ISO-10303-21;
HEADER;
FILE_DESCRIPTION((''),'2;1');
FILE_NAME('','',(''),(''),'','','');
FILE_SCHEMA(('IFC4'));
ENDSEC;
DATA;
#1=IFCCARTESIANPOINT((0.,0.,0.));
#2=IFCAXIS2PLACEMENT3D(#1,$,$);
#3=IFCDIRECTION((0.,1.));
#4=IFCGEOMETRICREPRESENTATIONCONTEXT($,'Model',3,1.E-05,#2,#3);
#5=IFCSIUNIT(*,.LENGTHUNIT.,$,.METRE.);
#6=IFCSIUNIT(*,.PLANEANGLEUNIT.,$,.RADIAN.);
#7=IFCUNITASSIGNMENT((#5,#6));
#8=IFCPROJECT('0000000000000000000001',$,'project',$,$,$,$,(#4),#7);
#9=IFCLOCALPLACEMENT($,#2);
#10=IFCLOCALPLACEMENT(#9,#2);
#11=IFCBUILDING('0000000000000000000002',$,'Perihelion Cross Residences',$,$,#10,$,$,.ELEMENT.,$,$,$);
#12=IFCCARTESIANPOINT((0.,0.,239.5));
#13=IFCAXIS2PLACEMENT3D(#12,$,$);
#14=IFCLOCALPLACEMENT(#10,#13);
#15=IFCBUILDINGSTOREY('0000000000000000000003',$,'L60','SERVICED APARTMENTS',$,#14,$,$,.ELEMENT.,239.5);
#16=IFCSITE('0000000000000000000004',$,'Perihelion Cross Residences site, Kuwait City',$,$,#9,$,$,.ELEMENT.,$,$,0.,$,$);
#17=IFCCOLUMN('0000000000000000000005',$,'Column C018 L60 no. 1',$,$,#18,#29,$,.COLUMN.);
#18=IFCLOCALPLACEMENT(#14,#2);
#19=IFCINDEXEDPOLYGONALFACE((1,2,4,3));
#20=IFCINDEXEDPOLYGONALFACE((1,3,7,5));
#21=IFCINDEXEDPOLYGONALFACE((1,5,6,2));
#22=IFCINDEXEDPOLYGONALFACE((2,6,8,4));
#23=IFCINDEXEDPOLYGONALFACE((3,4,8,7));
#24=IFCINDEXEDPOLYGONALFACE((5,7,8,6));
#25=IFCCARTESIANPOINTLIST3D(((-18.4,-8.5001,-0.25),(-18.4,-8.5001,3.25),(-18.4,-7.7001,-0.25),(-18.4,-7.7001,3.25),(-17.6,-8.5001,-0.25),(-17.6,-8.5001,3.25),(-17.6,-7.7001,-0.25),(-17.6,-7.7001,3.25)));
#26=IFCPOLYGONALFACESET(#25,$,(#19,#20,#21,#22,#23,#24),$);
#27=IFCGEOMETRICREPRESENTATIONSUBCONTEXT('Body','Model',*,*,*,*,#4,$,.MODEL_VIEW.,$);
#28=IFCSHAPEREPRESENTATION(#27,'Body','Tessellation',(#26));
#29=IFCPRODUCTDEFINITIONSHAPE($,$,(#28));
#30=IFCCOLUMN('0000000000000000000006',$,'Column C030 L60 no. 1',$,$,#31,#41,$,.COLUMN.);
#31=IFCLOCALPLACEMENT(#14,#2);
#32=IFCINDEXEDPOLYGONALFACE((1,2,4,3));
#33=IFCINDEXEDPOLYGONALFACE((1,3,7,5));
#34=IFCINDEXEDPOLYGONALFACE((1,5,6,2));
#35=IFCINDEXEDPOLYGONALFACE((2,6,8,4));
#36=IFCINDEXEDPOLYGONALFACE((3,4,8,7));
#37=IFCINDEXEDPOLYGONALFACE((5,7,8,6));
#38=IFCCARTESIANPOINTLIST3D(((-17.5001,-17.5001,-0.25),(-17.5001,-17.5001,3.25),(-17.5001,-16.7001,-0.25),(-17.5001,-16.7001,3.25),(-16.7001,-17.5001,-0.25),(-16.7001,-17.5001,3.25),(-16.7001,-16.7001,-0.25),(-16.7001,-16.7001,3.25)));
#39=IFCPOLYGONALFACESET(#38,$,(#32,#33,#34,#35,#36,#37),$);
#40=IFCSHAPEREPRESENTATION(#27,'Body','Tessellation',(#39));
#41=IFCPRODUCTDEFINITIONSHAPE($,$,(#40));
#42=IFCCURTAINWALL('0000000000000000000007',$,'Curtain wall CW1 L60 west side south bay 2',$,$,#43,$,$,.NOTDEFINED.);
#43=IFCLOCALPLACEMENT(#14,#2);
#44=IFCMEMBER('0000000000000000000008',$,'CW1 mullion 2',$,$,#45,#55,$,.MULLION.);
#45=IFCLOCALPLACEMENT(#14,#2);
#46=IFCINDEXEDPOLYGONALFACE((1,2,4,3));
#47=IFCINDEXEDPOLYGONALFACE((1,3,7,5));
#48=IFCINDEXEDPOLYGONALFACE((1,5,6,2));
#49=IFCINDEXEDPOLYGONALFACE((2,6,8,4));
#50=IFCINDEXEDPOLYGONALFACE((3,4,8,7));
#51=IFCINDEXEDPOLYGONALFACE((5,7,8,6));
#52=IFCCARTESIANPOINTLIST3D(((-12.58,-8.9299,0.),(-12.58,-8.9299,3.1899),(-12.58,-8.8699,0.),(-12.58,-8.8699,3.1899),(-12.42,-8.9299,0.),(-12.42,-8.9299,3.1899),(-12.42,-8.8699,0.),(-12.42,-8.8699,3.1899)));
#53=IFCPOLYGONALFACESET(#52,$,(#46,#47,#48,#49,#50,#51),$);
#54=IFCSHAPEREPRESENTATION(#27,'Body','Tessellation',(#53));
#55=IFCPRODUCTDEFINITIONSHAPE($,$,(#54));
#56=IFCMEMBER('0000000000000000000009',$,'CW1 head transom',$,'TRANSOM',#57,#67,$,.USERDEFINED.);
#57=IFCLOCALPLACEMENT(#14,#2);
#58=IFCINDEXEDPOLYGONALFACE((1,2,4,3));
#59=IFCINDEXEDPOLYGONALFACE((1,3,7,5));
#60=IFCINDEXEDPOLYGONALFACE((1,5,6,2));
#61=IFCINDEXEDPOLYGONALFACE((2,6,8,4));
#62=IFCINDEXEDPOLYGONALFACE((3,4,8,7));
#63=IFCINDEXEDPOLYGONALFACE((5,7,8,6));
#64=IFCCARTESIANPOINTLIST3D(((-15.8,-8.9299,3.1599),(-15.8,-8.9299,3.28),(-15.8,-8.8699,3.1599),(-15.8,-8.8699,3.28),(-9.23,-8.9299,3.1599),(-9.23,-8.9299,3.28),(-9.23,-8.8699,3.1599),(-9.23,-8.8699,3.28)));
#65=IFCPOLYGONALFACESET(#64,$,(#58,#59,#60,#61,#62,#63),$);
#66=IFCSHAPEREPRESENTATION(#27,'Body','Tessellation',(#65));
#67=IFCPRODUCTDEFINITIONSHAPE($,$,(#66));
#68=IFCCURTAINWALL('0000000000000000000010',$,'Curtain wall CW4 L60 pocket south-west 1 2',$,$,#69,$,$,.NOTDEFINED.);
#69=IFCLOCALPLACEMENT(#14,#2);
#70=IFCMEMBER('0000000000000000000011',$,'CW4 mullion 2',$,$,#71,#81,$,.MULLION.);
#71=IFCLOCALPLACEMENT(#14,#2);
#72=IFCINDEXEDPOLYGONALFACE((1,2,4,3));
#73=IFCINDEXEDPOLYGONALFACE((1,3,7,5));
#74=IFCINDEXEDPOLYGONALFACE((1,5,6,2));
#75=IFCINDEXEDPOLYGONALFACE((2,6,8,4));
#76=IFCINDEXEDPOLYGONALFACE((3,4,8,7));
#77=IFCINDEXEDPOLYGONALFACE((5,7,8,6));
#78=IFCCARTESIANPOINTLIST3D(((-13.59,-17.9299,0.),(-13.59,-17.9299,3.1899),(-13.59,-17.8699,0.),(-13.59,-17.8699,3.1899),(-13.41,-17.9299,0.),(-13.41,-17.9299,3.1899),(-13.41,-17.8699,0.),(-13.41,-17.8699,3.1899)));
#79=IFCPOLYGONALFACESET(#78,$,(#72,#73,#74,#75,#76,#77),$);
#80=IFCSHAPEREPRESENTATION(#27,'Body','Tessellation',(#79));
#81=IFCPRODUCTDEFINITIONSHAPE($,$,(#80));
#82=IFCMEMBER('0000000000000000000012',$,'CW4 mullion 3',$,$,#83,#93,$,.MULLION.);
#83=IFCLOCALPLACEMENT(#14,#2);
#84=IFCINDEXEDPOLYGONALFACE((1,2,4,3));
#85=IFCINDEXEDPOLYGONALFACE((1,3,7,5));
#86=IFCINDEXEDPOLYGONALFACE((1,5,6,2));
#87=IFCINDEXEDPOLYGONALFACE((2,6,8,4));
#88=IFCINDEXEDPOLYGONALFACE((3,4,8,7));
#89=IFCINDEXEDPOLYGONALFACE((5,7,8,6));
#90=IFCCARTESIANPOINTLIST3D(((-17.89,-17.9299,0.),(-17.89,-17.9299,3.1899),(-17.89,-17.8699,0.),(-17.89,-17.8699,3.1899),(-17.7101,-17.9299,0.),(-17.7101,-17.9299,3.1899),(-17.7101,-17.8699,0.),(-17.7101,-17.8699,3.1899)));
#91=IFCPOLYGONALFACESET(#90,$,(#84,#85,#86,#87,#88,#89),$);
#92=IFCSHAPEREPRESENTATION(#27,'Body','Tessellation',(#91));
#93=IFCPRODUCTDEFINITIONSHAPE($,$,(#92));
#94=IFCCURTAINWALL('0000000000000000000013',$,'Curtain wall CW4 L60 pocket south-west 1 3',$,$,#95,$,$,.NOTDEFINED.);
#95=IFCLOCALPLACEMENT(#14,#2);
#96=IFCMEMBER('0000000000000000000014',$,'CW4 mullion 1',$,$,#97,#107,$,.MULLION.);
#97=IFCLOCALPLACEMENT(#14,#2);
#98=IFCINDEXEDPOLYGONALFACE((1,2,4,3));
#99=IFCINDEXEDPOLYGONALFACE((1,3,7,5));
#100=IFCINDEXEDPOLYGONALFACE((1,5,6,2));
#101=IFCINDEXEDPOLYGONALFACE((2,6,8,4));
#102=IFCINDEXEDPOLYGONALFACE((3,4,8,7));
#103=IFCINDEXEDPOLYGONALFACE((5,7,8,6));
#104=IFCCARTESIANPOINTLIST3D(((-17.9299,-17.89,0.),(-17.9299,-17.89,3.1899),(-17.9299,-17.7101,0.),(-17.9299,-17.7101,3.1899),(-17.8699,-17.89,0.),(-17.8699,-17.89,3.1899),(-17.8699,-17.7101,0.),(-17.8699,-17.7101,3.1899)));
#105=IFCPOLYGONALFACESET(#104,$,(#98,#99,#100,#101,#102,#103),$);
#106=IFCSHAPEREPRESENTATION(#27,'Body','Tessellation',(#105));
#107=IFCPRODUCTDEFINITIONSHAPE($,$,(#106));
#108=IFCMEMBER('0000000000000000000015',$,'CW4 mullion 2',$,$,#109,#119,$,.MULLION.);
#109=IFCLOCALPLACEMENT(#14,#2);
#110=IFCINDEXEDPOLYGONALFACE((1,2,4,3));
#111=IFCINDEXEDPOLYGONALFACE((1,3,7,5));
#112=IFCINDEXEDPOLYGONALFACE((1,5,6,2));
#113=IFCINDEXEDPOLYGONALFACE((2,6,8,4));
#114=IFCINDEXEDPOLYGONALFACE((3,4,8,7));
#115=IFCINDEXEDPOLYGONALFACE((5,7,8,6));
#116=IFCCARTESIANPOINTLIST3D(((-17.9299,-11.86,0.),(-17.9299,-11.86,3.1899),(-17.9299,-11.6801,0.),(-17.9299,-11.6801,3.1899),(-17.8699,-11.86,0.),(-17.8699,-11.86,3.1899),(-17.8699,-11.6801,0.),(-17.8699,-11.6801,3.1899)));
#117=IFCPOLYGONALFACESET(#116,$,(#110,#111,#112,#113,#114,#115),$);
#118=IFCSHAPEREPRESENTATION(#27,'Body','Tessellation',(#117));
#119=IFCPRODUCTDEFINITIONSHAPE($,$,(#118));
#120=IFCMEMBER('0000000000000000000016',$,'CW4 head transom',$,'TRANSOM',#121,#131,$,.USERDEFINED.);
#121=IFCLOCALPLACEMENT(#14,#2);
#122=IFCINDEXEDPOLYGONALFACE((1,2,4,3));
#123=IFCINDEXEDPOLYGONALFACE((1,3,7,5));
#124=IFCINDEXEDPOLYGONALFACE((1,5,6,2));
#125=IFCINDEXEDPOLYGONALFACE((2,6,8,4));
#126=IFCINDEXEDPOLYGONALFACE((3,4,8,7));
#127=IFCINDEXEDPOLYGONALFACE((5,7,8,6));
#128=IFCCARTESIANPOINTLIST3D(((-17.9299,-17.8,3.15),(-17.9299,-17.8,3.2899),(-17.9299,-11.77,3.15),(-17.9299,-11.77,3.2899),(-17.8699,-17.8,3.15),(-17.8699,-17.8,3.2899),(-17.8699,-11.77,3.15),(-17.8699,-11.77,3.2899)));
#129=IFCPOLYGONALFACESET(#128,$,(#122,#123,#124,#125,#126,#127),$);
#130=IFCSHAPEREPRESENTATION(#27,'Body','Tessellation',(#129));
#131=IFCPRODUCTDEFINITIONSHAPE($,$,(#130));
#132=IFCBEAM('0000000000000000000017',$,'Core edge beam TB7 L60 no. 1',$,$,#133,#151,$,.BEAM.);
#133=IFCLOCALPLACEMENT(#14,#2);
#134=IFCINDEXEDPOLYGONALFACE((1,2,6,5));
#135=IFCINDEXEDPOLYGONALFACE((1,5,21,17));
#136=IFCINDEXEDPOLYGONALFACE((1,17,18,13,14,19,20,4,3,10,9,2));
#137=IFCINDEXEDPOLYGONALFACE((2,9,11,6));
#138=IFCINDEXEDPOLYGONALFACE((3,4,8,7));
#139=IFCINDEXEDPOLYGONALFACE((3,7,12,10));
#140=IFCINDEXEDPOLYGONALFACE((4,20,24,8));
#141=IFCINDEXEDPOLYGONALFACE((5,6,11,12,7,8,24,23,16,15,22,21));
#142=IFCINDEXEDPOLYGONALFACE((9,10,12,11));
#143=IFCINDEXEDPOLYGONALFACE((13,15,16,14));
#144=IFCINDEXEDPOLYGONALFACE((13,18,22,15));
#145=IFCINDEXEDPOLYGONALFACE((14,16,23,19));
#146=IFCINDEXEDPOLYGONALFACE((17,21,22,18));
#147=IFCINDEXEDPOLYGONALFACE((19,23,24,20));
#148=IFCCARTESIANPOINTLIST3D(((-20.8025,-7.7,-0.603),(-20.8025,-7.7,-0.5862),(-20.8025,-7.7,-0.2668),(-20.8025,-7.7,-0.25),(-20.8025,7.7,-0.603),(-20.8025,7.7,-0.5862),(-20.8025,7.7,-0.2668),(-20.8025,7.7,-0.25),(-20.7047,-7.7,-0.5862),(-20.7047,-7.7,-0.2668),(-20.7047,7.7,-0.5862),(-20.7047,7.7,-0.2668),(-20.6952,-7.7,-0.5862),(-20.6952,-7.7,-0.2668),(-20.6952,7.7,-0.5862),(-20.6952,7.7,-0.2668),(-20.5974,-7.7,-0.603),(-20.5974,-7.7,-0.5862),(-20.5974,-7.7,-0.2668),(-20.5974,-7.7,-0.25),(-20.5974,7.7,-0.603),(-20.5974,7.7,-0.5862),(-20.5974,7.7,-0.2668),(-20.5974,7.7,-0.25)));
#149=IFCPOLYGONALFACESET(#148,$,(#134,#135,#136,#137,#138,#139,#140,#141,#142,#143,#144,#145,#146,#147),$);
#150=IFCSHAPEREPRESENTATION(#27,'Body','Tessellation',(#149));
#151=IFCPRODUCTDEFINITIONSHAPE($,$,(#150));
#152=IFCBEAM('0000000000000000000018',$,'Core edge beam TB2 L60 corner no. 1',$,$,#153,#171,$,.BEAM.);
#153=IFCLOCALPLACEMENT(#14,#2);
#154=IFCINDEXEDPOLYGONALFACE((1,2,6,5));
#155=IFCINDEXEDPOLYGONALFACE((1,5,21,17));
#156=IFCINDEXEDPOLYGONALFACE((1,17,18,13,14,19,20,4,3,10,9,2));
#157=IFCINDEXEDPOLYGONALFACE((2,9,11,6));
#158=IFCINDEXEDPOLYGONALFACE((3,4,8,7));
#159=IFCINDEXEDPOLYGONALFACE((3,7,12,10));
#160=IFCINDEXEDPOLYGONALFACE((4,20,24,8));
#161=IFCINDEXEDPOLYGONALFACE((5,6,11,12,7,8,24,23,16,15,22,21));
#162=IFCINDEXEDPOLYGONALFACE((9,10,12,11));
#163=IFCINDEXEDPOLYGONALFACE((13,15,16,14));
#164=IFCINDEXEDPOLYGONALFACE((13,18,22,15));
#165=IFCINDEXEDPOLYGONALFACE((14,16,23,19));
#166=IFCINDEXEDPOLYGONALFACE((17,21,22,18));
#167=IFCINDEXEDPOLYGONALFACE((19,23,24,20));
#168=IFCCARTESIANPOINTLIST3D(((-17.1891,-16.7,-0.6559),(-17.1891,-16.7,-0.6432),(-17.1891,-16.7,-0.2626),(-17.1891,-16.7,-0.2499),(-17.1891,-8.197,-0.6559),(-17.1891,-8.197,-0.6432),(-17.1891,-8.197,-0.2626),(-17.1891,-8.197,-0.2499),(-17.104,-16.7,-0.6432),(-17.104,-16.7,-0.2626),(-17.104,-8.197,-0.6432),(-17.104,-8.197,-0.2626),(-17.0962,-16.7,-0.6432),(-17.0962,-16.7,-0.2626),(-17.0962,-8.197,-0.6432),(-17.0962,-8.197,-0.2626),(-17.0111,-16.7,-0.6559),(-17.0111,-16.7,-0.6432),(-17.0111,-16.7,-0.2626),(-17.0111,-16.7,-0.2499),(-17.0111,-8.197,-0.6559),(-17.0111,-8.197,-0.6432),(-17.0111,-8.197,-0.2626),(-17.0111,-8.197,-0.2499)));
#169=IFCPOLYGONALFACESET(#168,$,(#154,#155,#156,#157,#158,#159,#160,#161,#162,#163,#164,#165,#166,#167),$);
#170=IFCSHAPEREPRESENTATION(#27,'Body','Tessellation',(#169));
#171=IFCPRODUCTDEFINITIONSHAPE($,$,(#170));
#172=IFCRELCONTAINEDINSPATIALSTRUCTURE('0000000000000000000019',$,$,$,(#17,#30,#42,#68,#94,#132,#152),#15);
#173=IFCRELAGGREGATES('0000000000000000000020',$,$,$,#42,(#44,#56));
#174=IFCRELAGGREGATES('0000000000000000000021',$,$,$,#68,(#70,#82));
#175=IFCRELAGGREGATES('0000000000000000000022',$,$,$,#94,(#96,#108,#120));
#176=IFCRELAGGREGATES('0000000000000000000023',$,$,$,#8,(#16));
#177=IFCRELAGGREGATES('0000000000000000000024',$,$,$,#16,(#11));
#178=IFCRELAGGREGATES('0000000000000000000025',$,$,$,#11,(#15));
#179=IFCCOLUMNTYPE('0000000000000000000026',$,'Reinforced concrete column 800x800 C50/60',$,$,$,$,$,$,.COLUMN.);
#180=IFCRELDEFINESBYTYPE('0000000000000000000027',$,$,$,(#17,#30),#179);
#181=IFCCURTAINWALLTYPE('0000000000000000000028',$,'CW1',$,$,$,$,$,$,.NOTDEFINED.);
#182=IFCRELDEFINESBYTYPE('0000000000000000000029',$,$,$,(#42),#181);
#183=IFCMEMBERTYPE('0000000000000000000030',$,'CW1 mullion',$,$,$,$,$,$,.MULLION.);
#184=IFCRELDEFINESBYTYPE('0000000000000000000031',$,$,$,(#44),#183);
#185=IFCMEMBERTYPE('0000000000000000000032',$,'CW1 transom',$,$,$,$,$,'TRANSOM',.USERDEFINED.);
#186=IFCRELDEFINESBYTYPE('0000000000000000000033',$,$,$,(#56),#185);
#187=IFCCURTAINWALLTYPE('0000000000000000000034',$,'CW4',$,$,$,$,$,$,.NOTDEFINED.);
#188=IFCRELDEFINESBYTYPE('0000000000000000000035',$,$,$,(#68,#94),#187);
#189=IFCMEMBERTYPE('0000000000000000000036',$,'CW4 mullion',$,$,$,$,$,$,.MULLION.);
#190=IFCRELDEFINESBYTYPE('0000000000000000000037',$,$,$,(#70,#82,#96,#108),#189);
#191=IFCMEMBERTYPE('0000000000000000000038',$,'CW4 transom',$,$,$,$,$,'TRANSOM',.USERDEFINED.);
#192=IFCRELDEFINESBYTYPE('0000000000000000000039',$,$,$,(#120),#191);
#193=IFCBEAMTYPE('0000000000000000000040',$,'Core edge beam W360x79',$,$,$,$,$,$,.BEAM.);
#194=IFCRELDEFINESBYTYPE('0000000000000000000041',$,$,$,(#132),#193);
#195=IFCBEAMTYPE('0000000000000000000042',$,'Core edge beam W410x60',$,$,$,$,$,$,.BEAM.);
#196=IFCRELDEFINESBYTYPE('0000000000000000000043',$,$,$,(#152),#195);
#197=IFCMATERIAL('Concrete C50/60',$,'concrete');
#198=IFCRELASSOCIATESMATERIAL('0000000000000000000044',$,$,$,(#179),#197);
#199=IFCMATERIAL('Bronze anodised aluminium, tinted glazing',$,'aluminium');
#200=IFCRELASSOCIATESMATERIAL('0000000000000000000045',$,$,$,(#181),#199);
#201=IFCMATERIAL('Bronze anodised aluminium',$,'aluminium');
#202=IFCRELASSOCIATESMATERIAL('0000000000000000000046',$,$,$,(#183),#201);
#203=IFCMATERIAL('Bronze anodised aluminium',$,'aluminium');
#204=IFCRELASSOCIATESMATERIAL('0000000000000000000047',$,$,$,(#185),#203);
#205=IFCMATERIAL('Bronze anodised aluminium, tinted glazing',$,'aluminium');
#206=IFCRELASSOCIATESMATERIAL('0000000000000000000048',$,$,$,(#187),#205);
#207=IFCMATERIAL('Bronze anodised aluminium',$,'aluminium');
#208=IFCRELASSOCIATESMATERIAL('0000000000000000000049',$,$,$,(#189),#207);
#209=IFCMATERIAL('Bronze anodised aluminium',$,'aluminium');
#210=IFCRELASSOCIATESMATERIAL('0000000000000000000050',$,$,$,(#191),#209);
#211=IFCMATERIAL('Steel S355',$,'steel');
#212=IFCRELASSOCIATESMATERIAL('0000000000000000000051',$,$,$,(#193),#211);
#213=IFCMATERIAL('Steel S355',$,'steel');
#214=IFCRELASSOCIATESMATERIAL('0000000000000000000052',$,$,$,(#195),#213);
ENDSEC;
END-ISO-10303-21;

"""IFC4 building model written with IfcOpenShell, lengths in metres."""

from ifc_helpers import new_model, si_unit, direction, frame, origin, origin_2d, place, context, subcontext, project, spatial, rectangle, i_section, extrude, material, material_profile, profile_set, type_object, element, aggregate, save


model = new_model("IFC4")

# Units and contexts
model_context = context("Model", 3, precision=1e-05, world=origin(), true_north=direction((0.0, 1.0)))
body_context = subcontext(model_context, "Body", "Model", "MODEL_VIEW")
ifc_project = project(units=[si_unit("LENGTHUNIT", "METRE"), si_unit("PLANEANGLEUNIT", "RADIAN")], contexts=[model_context])

# Site, building, storey
site_placement = place(None, origin())
site = spatial("IfcSite", under=ifc_project, at=site_placement, Name="Perihelion Cross Residences site, Kuwait City", CompositionType="ELEMENT", RefElevation=0.0)
building_placement = place(site_placement, origin())
building = spatial("IfcBuilding", under=site, at=building_placement, Name="Perihelion Cross Residences", CompositionType="ELEMENT")
storey_placement = place(building_placement, frame((0.0, 0.0, 239.5)))
storey = spatial("IfcBuildingStorey", under=building, at=storey_placement, Name="L60", Description="SERVICED APARTMENTS", CompositionType="ELEMENT", Elevation=239.5)

# Columns
ifc_material_1 = material(Name="Concrete C50/60", Category="concrete")
ifc_material_profile_1 = material_profile(ifc_material_1, rectangle(XDim=0.8, YDim=0.8, at=origin_2d()), Name="RC 800x800")
ifc_profile_set_1 = profile_set([ifc_material_profile_1], Name="Concrete C50/60")
column_type = type_object("IfcColumnType", Name="Reinforced concrete column 800x800 C50/60", PredefinedType="COLUMN", material=ifc_profile_set_1)
for number, where, z_axis, x_axis, name in (
    (1, (-18.0, -8.1001, -0.25), (0.0, 0.0, 1.0), (1.0, 0.0, 0.0), "Column C018 L60 no. 1"),
    (2, (-17.1001, -17.1001, -0.25), (0.0, 0.0, 1.0), (1.0, 0.0, 0.0), "Column C030 L60 no. 1"),
):
    element("IfcColumn", number, at=place(storey_placement, frame(where, z_axis=z_axis, x_axis=x_axis)), inside=storey, type_object=column_type, Name=name, PredefinedType="COLUMN", context=body_context, shape_type="SweptSolid", body=[
        extrude(rectangle(XDim=0.8, YDim=0.8, at=origin_2d()), origin(), (0.0, 0.0, 1.0), 3.5),
    ])

# Curtain walls, members
ifc_material_2 = material(Name="Bronze anodised aluminium, tinted glazing", Category="aluminium")
curtain_wall_type_1 = type_object("IfcCurtainWallType", Name="CW1", PredefinedType="NOTDEFINED", material=ifc_material_2)
curtain_wall_1_placement = place(storey_placement, origin())
curtain_wall_1 = element("IfcCurtainWall", 3, at=curtain_wall_1_placement, inside=storey, type_object=curtain_wall_type_1, Name="Curtain wall CW1 L60 west side south bay 2", PredefinedType="NOTDEFINED")
ifc_material_3 = material(Name="Bronze anodised aluminium", Category="aluminium")
ifc_material_profile_2 = material_profile(ifc_material_3, rectangle(XDim=0.0601, YDim=0.1599, at=origin_2d()), Name="CW1 mullion")
ifc_profile_set_2 = profile_set([ifc_material_profile_2], Name="Bronze anodised aluminium")
member_type_1 = type_object("IfcMemberType", Name="CW1 mullion", PredefinedType="MULLION", material=ifc_profile_set_2)
member_1_placement = place(storey_placement, frame((-12.5, -8.8999, 0.0), z_axis=(0.0, 0.0, 1.0), x_axis=(0.0, 1.0, 0.0)))
member_1 = element("IfcMember", 4, at=member_1_placement, type_object=member_type_1, Name="CW1 mullion 2", PredefinedType="MULLION", context=body_context, shape_type="SweptSolid", body=[
    extrude(rectangle(XDim=0.0601, YDim=0.1599, at=origin_2d()), origin(), (0.0, 0.0, 1.0), 3.1899),
])
ifc_material_4 = material(Name="Bronze anodised aluminium", Category="aluminium")
ifc_material_profile_3 = material_profile(ifc_material_4, rectangle(XDim=0.0601, YDim=0.1201, at=origin_2d()), Name="CW1 transom")
ifc_profile_set_3 = profile_set([ifc_material_profile_3], Name="Bronze anodised aluminium")
member_type_2 = type_object("IfcMemberType", Name="CW1 transom", ElementType="TRANSOM", PredefinedType="USERDEFINED", material=ifc_profile_set_3)
member_2_placement = place(storey_placement, frame((-15.8, -8.8999, 3.22), z_axis=(1.0, 0.0, 0.0), x_axis=(0.0, 1.0, 0.0)))
member_2 = element("IfcMember", 5, at=member_2_placement, type_object=member_type_2, Name="CW1 head transom", ObjectType="TRANSOM", PredefinedType="USERDEFINED", context=body_context, shape_type="SweptSolid", body=[
    extrude(rectangle(XDim=0.0601, YDim=0.1201, at=origin_2d()), origin(), (0.0, 0.0, 1.0), 6.5701),
])
ifc_material_5 = material(Name="Bronze anodised aluminium, tinted glazing", Category="aluminium")
curtain_wall_type_2 = type_object("IfcCurtainWallType", Name="CW4", PredefinedType="NOTDEFINED", material=ifc_material_5)
curtain_wall_2_placement = place(storey_placement, origin())
curtain_wall_2 = element("IfcCurtainWall", 6, at=curtain_wall_2_placement, inside=storey, type_object=curtain_wall_type_2, Name="Curtain wall CW4 L60 pocket south-west 1 2", PredefinedType="NOTDEFINED")
ifc_material_6 = material(Name="Bronze anodised aluminium", Category="aluminium")
ifc_material_profile_4 = material_profile(ifc_material_6, rectangle(XDim=0.0601, YDim=0.1799, at=origin_2d()), Name="CW4 mullion")
ifc_profile_set_4 = profile_set([ifc_material_profile_4], Name="Bronze anodised aluminium")
member_type_3 = type_object("IfcMemberType", Name="CW4 mullion", PredefinedType="MULLION", material=ifc_profile_set_4)
member_3_placement = place(storey_placement, frame((-13.5, -17.8999, 0.0), z_axis=(0.0, 0.0, 1.0), x_axis=(0.0, -1.0, 0.0)))
member_3 = element("IfcMember", 7, at=member_3_placement, type_object=member_type_3, Name="CW4 mullion 2", PredefinedType="MULLION", context=body_context, shape_type="SweptSolid", body=[
    extrude(rectangle(XDim=0.0601, YDim=0.1799, at=origin_2d()), origin(), (0.0, 0.0, 1.0), 3.1899),
])
member_4_placement = place(storey_placement, frame((-17.8, -17.8999, 0.0), z_axis=(0.0, 0.0, 1.0), x_axis=(0.0, -1.0, 0.0)))
member_4 = element("IfcMember", 8, at=member_4_placement, type_object=member_type_3, Name="CW4 mullion 3", PredefinedType="MULLION", context=body_context, shape_type="SweptSolid", body=[
    extrude(rectangle(XDim=0.0601, YDim=0.1799, at=origin_2d()), origin(), (0.0, 0.0, 1.0), 3.1899),
])
curtain_wall_3_placement = place(storey_placement, origin())
curtain_wall_3 = element("IfcCurtainWall", 9, at=curtain_wall_3_placement, inside=storey, type_object=curtain_wall_type_2, Name="Curtain wall CW4 L60 pocket south-west 1 3", PredefinedType="NOTDEFINED")
member_5_placement = place(storey_placement, frame((-17.8999, -17.8, 0.0), z_axis=(0.0, 0.0, 1.0), x_axis=(-1.0, 0.0, 0.0)))
member_5 = element("IfcMember", 10, at=member_5_placement, type_object=member_type_3, Name="CW4 mullion 1", PredefinedType="MULLION", context=body_context, shape_type="SweptSolid", body=[
    extrude(rectangle(XDim=0.0601, YDim=0.1799, at=origin_2d()), origin(), (0.0, 0.0, 1.0), 3.1899),
])
member_6_placement = place(storey_placement, frame((-17.8999, -11.77, 0.0), z_axis=(0.0, 0.0, 1.0), x_axis=(-1.0, 0.0, 0.0)))
member_6 = element("IfcMember", 11, at=member_6_placement, type_object=member_type_3, Name="CW4 mullion 2", PredefinedType="MULLION", context=body_context, shape_type="SweptSolid", body=[
    extrude(rectangle(XDim=0.0601, YDim=0.1799, at=origin_2d()), origin(), (0.0, 0.0, 1.0), 3.1899),
])
ifc_material_7 = material(Name="Bronze anodised aluminium", Category="aluminium")
ifc_material_profile_5 = material_profile(ifc_material_7, rectangle(XDim=0.0601, YDim=0.1399, at=origin_2d()), Name="CW4 transom")
ifc_profile_set_5 = profile_set([ifc_material_profile_5], Name="Bronze anodised aluminium")
member_type_4 = type_object("IfcMemberType", Name="CW4 transom", ElementType="TRANSOM", PredefinedType="USERDEFINED", material=ifc_profile_set_5)
member_7_placement = place(storey_placement, frame((-17.8999, -17.8, 3.22), z_axis=(0.0, 1.0, 0.0), x_axis=(-1.0, 0.0, 0.0)))
member_7 = element("IfcMember", 12, at=member_7_placement, type_object=member_type_4, Name="CW4 head transom", ObjectType="TRANSOM", PredefinedType="USERDEFINED", context=body_context, shape_type="SweptSolid", body=[
    extrude(rectangle(XDim=0.0601, YDim=0.1399, at=origin_2d()), origin(), (0.0, 0.0, 1.0), 6.03),
])

# Beams
ifc_material_8 = material(Name="Steel S355", Category="steel")
ifc_material_profile_6 = material_profile(ifc_material_8, i_section(OverallWidth=0.2051, OverallDepth=0.353, WebThickness=0.0095, FlangeThickness=0.0168, at=origin_2d()), Name="W360x79")
ifc_profile_set_6 = profile_set([ifc_material_profile_6], Name="Steel S355")
beam_type_1 = type_object("IfcBeamType", Name="Core edge beam W360x79", PredefinedType="BEAM", material=ifc_profile_set_6)
beam_1_placement = place(storey_placement, frame((-20.7, -7.7, -0.4265), z_axis=(0.0, 1.0, 0.0), x_axis=(-1.0, 0.0, 0.0)))
element("IfcBeam", 13, at=beam_1_placement, inside=storey, type_object=beam_type_1, Name="Core edge beam TB7 L60 no. 1", PredefinedType="BEAM", context=body_context, shape_type="SweptSolid", body=[
    extrude(i_section(OverallWidth=0.2051, OverallDepth=0.353, WebThickness=0.0095, FlangeThickness=0.0168, at=origin_2d()), origin(), (0.0, 0.0, 1.0), 15.3999),
])
ifc_material_9 = material(Name="Steel S355", Category="steel")
ifc_material_profile_7 = material_profile(ifc_material_9, i_section(OverallWidth=0.178, OverallDepth=0.406, WebThickness=0.0078, FlangeThickness=0.0127, at=origin_2d()), Name="W410x60")
ifc_profile_set_7 = profile_set([ifc_material_profile_7], Name="Steel S355")
beam_type_2 = type_object("IfcBeamType", Name="Core edge beam W410x60", PredefinedType="BEAM", material=ifc_profile_set_7)
beam_2_placement = place(storey_placement, frame((-17.1001, -8.197, -0.4529), z_axis=(0.0, -1.0, 0.0), x_axis=(1.0, 0.0, 0.0)))
element("IfcBeam", 14, at=beam_2_placement, inside=storey, type_object=beam_type_2, Name="Core edge beam TB2 L60 corner no. 1", PredefinedType="BEAM", context=body_context, shape_type="SweptSolid", body=[
    extrude(i_section(OverallWidth=0.178, OverallDepth=0.406, WebThickness=0.0078, FlangeThickness=0.0127, at=origin_2d()), origin(), (0.0, 0.0, 1.0), 8.5029),
])

aggregate(curtain_wall_1, [member_1, member_2])
aggregate(curtain_wall_2, [member_3, member_4])
aggregate(curtain_wall_3, [member_5, member_6, member_7])

save(model, "model.ifc")
